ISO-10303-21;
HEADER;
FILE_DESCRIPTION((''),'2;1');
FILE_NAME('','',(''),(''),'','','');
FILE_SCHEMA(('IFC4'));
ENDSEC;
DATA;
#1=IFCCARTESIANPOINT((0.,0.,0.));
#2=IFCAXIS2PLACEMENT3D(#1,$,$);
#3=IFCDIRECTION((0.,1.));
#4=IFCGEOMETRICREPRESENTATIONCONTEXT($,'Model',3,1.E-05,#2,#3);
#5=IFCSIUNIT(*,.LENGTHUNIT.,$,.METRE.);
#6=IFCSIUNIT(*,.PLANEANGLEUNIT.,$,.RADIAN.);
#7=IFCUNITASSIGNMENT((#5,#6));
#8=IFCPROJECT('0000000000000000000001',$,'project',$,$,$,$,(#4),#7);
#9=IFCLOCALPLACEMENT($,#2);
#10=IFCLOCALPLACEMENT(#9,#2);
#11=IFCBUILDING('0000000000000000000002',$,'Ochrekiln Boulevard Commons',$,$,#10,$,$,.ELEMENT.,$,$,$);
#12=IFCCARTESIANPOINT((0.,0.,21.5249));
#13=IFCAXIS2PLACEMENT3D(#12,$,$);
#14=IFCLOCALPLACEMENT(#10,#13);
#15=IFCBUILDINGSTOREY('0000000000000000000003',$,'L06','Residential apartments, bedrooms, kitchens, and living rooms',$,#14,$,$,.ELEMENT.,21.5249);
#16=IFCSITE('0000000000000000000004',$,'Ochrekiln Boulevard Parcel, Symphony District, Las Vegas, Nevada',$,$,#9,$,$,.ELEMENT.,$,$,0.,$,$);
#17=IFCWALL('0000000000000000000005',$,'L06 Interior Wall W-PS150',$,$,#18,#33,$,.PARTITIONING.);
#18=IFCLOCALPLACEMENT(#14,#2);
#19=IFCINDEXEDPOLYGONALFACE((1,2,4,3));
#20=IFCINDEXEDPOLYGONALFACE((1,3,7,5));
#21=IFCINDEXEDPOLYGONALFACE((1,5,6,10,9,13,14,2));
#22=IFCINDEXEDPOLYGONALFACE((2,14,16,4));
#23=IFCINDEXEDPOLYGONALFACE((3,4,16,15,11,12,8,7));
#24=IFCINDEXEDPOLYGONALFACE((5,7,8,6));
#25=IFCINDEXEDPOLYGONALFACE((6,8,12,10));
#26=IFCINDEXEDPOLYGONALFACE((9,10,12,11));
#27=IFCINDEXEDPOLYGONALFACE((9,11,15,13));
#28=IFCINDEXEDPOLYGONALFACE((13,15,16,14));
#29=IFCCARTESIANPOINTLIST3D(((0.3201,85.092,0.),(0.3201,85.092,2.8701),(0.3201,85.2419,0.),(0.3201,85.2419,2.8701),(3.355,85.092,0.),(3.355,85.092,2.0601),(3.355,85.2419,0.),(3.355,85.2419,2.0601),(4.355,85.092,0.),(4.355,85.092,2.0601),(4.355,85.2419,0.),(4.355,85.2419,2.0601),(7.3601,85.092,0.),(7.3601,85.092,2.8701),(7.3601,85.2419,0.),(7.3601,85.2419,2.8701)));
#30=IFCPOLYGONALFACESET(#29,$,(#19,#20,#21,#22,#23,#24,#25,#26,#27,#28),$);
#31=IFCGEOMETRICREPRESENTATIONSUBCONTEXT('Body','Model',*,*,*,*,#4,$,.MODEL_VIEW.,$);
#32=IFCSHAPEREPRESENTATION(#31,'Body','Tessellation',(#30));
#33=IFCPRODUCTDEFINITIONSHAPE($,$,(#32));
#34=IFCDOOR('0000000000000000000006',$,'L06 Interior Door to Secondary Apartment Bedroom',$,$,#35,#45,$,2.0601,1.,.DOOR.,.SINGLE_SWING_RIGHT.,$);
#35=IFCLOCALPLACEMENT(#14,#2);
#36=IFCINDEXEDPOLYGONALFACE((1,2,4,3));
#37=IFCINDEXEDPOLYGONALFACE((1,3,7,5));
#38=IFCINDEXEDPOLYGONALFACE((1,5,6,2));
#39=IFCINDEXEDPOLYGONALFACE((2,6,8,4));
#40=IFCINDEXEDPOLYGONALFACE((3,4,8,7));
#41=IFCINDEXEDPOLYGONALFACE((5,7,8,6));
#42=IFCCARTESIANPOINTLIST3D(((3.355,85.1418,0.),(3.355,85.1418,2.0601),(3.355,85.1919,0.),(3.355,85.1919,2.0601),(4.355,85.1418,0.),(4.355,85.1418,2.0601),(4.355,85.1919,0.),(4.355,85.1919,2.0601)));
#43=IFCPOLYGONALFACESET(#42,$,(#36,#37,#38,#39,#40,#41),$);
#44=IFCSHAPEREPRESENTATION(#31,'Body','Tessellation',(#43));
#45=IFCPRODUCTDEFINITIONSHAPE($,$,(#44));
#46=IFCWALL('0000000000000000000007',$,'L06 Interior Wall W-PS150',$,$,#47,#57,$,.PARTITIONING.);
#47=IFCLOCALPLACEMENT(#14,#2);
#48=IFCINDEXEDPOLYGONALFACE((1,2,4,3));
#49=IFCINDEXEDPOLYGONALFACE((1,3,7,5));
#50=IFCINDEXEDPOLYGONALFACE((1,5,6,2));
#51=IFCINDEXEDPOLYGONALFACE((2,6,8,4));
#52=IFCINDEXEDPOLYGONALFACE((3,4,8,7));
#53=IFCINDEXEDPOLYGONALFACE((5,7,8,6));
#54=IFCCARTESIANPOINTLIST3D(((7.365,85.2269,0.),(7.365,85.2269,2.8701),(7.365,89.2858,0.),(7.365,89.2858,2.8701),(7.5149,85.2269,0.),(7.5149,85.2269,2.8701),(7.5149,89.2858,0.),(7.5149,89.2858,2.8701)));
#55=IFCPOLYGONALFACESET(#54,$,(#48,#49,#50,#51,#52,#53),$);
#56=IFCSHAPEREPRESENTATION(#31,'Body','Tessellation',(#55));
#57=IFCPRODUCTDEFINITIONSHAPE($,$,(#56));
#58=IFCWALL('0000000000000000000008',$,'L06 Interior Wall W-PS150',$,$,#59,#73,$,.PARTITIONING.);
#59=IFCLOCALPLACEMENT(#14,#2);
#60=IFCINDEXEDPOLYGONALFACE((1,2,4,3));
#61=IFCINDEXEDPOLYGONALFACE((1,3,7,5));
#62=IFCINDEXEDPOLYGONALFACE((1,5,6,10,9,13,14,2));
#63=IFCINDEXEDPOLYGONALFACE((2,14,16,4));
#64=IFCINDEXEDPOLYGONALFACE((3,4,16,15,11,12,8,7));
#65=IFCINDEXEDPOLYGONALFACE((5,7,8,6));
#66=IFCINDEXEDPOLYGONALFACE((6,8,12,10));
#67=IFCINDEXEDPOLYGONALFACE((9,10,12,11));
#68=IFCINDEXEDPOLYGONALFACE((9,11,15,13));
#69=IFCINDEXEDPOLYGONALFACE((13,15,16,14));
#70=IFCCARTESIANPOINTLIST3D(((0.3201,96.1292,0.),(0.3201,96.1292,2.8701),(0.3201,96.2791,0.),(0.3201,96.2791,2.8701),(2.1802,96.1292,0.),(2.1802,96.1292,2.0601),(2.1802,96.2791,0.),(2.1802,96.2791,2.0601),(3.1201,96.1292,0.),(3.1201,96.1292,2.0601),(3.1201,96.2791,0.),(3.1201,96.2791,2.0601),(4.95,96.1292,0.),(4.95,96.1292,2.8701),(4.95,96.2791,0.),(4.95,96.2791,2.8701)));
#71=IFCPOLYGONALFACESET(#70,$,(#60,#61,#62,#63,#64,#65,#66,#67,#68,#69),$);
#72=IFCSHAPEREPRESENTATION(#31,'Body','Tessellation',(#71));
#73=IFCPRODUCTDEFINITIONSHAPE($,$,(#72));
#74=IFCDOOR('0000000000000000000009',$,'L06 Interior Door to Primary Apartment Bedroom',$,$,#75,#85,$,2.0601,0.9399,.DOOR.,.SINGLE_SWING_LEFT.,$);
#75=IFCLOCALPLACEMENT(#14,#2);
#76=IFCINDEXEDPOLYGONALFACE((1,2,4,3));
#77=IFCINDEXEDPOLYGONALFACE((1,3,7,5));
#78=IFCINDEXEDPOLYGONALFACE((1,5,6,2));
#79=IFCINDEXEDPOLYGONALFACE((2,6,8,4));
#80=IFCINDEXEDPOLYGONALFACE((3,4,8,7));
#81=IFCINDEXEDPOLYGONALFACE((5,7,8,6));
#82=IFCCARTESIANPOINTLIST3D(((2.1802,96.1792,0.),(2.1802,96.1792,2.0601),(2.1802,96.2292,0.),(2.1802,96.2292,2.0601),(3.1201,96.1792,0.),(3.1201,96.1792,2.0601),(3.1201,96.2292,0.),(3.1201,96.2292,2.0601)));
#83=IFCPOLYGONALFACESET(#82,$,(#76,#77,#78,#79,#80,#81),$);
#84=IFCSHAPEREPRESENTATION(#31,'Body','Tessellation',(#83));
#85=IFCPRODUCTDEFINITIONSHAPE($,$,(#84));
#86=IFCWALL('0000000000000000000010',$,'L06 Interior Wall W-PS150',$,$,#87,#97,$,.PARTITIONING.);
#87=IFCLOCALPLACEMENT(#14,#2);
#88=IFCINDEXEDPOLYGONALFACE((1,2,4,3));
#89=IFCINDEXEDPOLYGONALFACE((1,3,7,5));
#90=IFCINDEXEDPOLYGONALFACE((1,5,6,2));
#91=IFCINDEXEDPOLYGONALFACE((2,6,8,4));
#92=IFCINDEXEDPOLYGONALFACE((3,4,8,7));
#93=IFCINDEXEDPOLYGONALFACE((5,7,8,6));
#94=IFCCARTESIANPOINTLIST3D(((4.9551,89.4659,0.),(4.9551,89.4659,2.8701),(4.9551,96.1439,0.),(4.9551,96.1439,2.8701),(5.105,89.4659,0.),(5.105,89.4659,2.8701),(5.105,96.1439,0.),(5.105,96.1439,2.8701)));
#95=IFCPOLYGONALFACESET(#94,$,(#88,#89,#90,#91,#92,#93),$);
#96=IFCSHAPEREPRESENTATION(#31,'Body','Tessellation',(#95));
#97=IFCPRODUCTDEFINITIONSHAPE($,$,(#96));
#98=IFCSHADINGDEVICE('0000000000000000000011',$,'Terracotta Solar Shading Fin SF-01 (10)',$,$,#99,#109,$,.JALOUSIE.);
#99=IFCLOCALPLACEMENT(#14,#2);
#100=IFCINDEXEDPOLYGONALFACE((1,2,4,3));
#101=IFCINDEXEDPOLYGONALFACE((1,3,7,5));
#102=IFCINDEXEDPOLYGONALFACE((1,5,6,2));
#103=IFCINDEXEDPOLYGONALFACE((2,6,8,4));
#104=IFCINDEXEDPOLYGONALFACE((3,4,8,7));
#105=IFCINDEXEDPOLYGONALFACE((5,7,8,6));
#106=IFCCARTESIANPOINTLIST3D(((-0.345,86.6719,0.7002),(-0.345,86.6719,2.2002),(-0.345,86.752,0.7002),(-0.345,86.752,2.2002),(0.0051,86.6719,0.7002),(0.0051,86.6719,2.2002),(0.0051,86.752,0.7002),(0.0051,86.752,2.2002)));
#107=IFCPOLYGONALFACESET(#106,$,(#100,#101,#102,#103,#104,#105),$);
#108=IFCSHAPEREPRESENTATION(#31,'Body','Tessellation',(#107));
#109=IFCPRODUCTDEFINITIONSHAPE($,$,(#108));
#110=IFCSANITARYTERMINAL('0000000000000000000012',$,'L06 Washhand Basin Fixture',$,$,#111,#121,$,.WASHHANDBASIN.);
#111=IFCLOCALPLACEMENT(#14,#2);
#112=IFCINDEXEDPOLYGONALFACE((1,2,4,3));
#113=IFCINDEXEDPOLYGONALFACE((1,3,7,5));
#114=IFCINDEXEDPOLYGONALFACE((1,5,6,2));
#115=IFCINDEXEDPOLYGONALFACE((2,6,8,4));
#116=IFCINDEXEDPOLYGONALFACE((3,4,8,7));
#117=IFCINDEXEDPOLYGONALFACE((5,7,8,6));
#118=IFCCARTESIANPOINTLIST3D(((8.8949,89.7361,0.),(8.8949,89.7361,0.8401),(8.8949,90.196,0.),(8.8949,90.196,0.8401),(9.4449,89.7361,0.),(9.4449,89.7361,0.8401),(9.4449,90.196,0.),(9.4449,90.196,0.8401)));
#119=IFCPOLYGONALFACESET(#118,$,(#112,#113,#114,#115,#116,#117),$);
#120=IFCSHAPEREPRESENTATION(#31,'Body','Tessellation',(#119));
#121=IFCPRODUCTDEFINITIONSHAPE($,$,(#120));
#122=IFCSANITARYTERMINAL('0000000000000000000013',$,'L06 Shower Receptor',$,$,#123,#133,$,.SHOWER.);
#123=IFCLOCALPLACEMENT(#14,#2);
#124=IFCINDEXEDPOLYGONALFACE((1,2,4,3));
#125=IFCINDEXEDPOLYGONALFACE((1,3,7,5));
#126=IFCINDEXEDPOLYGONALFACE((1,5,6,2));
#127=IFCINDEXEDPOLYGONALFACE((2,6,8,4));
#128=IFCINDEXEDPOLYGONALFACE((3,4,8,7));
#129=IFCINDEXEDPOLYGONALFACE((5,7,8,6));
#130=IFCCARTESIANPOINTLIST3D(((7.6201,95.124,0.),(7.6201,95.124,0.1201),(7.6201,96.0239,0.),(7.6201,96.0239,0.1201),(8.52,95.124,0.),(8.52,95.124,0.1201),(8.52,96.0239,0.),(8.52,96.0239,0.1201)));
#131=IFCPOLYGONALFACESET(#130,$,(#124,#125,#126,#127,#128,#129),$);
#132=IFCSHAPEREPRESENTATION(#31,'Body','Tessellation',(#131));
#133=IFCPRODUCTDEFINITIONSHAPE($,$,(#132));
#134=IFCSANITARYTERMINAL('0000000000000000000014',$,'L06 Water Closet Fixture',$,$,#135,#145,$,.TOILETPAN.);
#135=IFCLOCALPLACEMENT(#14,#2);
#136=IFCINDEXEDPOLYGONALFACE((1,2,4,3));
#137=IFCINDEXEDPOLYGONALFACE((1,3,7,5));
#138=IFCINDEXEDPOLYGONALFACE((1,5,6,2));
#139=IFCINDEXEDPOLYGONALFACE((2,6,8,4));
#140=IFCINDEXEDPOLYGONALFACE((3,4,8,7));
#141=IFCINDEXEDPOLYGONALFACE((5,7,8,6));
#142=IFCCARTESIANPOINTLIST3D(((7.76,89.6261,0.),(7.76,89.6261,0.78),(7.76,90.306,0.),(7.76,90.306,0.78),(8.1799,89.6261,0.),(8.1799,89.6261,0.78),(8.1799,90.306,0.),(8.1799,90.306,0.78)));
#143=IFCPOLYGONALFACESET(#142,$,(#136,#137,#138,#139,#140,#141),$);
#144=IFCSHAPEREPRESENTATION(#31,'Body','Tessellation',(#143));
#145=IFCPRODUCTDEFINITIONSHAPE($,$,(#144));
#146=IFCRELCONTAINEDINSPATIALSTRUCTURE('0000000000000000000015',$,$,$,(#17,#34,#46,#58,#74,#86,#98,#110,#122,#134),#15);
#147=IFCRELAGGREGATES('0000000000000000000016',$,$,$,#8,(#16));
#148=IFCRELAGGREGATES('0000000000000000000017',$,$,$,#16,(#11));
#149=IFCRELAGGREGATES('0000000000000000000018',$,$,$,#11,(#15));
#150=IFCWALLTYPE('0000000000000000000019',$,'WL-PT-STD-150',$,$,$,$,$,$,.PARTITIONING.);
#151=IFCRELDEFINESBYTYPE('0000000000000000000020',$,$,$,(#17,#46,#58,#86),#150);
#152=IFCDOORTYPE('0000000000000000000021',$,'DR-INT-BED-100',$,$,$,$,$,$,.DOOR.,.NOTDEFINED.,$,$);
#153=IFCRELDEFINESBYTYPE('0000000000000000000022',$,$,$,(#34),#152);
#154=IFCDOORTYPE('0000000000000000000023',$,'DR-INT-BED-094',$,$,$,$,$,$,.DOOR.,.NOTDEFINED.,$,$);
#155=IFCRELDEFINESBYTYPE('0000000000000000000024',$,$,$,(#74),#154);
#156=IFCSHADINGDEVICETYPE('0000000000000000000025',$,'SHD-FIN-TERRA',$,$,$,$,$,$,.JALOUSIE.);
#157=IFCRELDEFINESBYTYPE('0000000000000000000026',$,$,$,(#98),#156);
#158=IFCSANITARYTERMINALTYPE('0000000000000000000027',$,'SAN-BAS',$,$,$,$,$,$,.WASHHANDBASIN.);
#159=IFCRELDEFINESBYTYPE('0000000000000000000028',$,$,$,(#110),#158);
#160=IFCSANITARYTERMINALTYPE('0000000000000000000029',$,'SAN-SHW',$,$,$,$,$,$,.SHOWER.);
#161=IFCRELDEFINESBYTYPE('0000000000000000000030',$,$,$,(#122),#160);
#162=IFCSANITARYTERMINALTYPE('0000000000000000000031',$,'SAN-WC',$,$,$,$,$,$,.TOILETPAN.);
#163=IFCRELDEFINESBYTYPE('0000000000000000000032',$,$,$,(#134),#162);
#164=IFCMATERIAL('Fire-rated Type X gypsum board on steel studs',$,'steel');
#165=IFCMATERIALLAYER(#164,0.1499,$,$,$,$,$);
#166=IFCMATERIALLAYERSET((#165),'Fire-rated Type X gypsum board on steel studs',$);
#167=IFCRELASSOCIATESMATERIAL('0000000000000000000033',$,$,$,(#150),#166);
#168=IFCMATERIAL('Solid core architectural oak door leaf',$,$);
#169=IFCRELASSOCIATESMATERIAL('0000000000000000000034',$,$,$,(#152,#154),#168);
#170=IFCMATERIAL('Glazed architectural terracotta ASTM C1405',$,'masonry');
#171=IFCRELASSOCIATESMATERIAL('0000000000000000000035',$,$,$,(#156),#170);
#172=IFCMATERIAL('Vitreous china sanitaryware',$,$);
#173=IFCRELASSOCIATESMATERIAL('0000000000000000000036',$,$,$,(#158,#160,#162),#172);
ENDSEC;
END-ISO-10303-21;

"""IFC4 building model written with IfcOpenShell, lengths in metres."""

from ifc_helpers import new_model, si_unit, direction, frame, frame_2d, origin, origin_2d, place, context, subcontext, project, spatial, rectangle, extrude, material, layer, layer_set, type_object, element, fill, save


model = new_model("IFC4")

# Units and contexts
model_context = context("Model", 3, precision=1e-05, world=origin(), true_north=direction((0.0, 1.0)))
body_context = subcontext(model_context, "Body", "Model", "MODEL_VIEW")
ifc_project = project(units=[si_unit("LENGTHUNIT", "METRE"), si_unit("PLANEANGLEUNIT", "RADIAN")], contexts=[model_context])

# Site, building, storey
site_placement = place(None, origin())
site = spatial("IfcSite", under=ifc_project, at=site_placement, Name="Ochrekiln Boulevard Parcel, Symphony District, Las Vegas, Nevada", CompositionType="ELEMENT", RefElevation=0.0)
building_placement = place(site_placement, origin())
building = spatial("IfcBuilding", under=site, at=building_placement, Name="Ochrekiln Boulevard Commons", CompositionType="ELEMENT")
storey_placement = place(building_placement, frame((0.0, 0.0, 21.5249)))
storey = spatial("IfcBuildingStorey", under=building, at=storey_placement, Name="L06", Description="Residential apartments, bedrooms, kitchens, and living rooms", CompositionType="ELEMENT", Elevation=21.5249)

# Shared definitions
ifc_material_1 = material(Name="Solid core architectural oak door leaf")

# Shared definitions
ifc_material_2 = material(Name="Fire-rated Type X gypsum board on steel studs", Category="steel")

# Wall, opening, door
ifc_layer_1 = layer(ifc_material_2, 0.1499)
ifc_layer_set_1 = layer_set([ifc_layer_1], Name="Fire-rated Type X gypsum board on steel studs")
wall_type_1 = type_object("IfcWallType", Name="WL-PT-STD-150", PredefinedType="PARTITIONING", material=ifc_layer_set_1)
wall_1_placement = place(storey_placement, frame((0.3201, 85.167, 0.0), z_axis=(0.0, 0.0, 1.0), x_axis=(1.0, 0.0, 0.0)))
wall_1 = element("IfcWall", 1, at=wall_1_placement, inside=storey, type_object=wall_type_1, Name="L06 Interior Wall W-PS150", PredefinedType="PARTITIONING", context=body_context, shape_type="SweptSolid", body=[
    extrude(rectangle(XDim=7.04, YDim=0.1499, at=frame_2d((3.52, 0.0))), origin(), (0.0, 0.0, 1.0), 2.8701),
])
opening_1_placement = place(wall_1_placement, frame((3.0349, 0.0, 0.0)))
opening_1 = element("IfcOpeningElement", 2, at=opening_1_placement, cuts=wall_1, PredefinedType="OPENING", context=body_context, shape_type="SweptSolid", body=[
    extrude(rectangle(XDim=1.0, YDim=2.0601, at=frame_2d((0.5, 1.03))), frame((0.0, 0.085, 0.0), z_axis=(0.0, -1.0, 0.0), x_axis=(1.0, 0.0, 0.0)), (0.0, 0.0, 1.0), 0.1699),
])
door_type_1 = type_object("IfcDoorType", Name="DR-INT-BED-100", OperationType="NOTDEFINED", PredefinedType="DOOR", material=ifc_material_1)
door_1_placement = place(opening_1_placement, origin())
door_1 = element("IfcDoor", 3, at=door_1_placement, inside=storey, type_object=door_type_1, Name="L06 Interior Door to Secondary Apartment Bedroom", OperationType="SINGLE_SWING_RIGHT", OverallHeight=2.0601, OverallWidth=1.0, PredefinedType="DOOR", context=body_context, shape_type="SweptSolid", body=[
    extrude(rectangle(XDim=1.0, YDim=2.0601, at=frame_2d((0.5, 1.03))), frame((0.0, 0.0249, 0.0), z_axis=(0.0, -1.0, 0.0), x_axis=(1.0, 0.0, 0.0)), (0.0, 0.0, 1.0), 0.05),
])
fill(opening_1, door_1)

# Wall
wall_2_placement = place(storey_placement, frame((7.4399, 85.2271, 0.0), z_axis=(0.0, 0.0, 1.0), x_axis=(0.0, 1.0, 0.0)))
element("IfcWall", 4, at=wall_2_placement, inside=storey, type_object=wall_type_1, Name="L06 Interior Wall W-PS150", PredefinedType="PARTITIONING", context=body_context, shape_type="SweptSolid", body=[
    extrude(rectangle(XDim=4.0588, YDim=0.1499, at=frame_2d((2.0293, 0.0))), origin(), (0.0, 0.0, 1.0), 2.8701),
])

# Wall, opening, door
wall_3_placement = place(storey_placement, frame((0.3201, 96.2041, 0.0), z_axis=(0.0, 0.0, 1.0), x_axis=(1.0, 0.0, 0.0)))
wall_3 = element("IfcWall", 5, at=wall_3_placement, inside=storey, type_object=wall_type_1, Name="L06 Interior Wall W-PS150", PredefinedType="PARTITIONING", context=body_context, shape_type="SweptSolid", body=[
    extrude(rectangle(XDim=4.6299, YDim=0.1499, at=frame_2d((2.3149, 0.0))), origin(), (0.0, 0.0, 1.0), 2.8701),
])
opening_2_placement = place(wall_3_placement, frame((1.8601, 0.0, 0.0)))
opening_2 = element("IfcOpeningElement", 6, at=opening_2_placement, cuts=wall_3, PredefinedType="OPENING", context=body_context, shape_type="SweptSolid", body=[
    extrude(rectangle(XDim=0.9399, YDim=2.0601, at=frame_2d((0.47, 1.03))), frame((0.0, 0.085, 0.0), z_axis=(0.0, -1.0, 0.0), x_axis=(1.0, 0.0, 0.0)), (0.0, 0.0, 1.0), 0.1699),
])
door_type_2 = type_object("IfcDoorType", Name="DR-INT-BED-094", OperationType="NOTDEFINED", PredefinedType="DOOR", material=ifc_material_1)
door_2_placement = place(opening_2_placement, frame((0.9399, 0.0, 0.0), z_axis=(0.0, 0.0, 1.0), x_axis=(-1.0, 0.0, 0.0)))
door_2 = element("IfcDoor", 7, at=door_2_placement, inside=storey, type_object=door_type_2, Name="L06 Interior Door to Primary Apartment Bedroom", OperationType="SINGLE_SWING_LEFT", OverallHeight=2.0601, OverallWidth=0.9399, PredefinedType="DOOR", context=body_context, shape_type="SweptSolid", body=[
    extrude(rectangle(XDim=0.9399, YDim=2.0601, at=frame_2d((0.47, 1.03))), frame((0.0, 0.0249, 0.0), z_axis=(0.0, -1.0, 0.0), x_axis=(1.0, 0.0, 0.0)), (0.0, 0.0, 1.0), 0.05),
])
fill(opening_2, door_2)

# Wall
wall_4_placement = place(storey_placement, frame((5.03, 89.4661, 0.0), z_axis=(0.0, 0.0, 1.0), x_axis=(0.0, 1.0, 0.0)))
element("IfcWall", 8, at=wall_4_placement, inside=storey, type_object=wall_type_1, Name="L06 Interior Wall W-PS150", PredefinedType="PARTITIONING", context=body_context, shape_type="SweptSolid", body=[
    extrude(rectangle(XDim=6.678, YDim=0.1499, at=frame_2d((3.3389, 0.0))), origin(), (0.0, 0.0, 1.0), 2.8701),
])

# Shading device
ifc_material_3 = material(Name="Glazed architectural terracotta ASTM C1405", Category="masonry")
shading_device_type = type_object("IfcShadingDeviceType", Name="SHD-FIN-TERRA", PredefinedType="JALOUSIE", material=ifc_material_3)
shading_device_placement = place(storey_placement, frame((-0.1699, 86.7119, 0.7002), z_axis=(0.0, 0.0, 1.0), x_axis=(1.0, 0.0, 0.0)))
element("IfcShadingDevice", 9, at=shading_device_placement, inside=storey, type_object=shading_device_type, Name="Terracotta Solar Shading Fin SF-01 (10)", PredefinedType="JALOUSIE", context=body_context, shape_type="SweptSolid", body=[
    extrude(rectangle(XDim=0.3501, YDim=0.0801, at=origin_2d()), origin(), (0.0, 0.0, 1.0), 1.5),
])

# Sanitary terminals
ifc_material_4 = material(Name="Vitreous china sanitaryware")
sanitary_terminal_type_1 = type_object("IfcSanitaryTerminalType", Name="SAN-BAS", PredefinedType="WASHHANDBASIN", material=ifc_material_4)
sanitary_terminal_1_placement = place(storey_placement, frame((9.1699, 89.9661, 0.0), z_axis=(0.0, 0.0, 1.0), x_axis=(1.0, 0.0, 0.0)))
element("IfcSanitaryTerminal", 10, at=sanitary_terminal_1_placement, inside=storey, type_object=sanitary_terminal_type_1, Name="L06 Washhand Basin Fixture", PredefinedType="WASHHANDBASIN", context=body_context, shape_type="SweptSolid", body=[
    extrude(rectangle(XDim=0.55, YDim=0.46, at=origin_2d()), origin(), (0.0, 0.0, 1.0), 0.8401),
])
sanitary_terminal_type_2 = type_object("IfcSanitaryTerminalType", Name="SAN-SHW", PredefinedType="SHOWER", material=ifc_material_4)
sanitary_terminal_2_placement = place(storey_placement, frame((8.0701, 95.574, 0.0), z_axis=(0.0, 0.0, 1.0), x_axis=(1.0, 0.0, 0.0)))
element("IfcSanitaryTerminal", 11, at=sanitary_terminal_2_placement, inside=storey, type_object=sanitary_terminal_type_2, Name="L06 Shower Receptor", PredefinedType="SHOWER", context=body_context, shape_type="SweptSolid", body=[
    extrude(rectangle(XDim=0.8999, YDim=0.8999, at=origin_2d()), origin(), (0.0, 0.0, 1.0), 0.1201),
])
sanitary_terminal_type_3 = type_object("IfcSanitaryTerminalType", Name="SAN-WC", PredefinedType="TOILETPAN", material=ifc_material_4)
sanitary_terminal_3_placement = place(storey_placement, frame((7.97, 89.9661, 0.0), z_axis=(0.0, 0.0, 1.0), x_axis=(1.0, 0.0, 0.0)))
element("IfcSanitaryTerminal", 12, at=sanitary_terminal_3_placement, inside=storey, type_object=sanitary_terminal_type_3, Name="L06 Water Closet Fixture", PredefinedType="TOILETPAN", context=body_context, shape_type="SweptSolid", body=[
    extrude(rectangle(XDim=0.4199, YDim=0.6799, at=origin_2d()), origin(), (0.0, 0.0, 1.0), 0.78),
])

save(model, "model.ifc")
